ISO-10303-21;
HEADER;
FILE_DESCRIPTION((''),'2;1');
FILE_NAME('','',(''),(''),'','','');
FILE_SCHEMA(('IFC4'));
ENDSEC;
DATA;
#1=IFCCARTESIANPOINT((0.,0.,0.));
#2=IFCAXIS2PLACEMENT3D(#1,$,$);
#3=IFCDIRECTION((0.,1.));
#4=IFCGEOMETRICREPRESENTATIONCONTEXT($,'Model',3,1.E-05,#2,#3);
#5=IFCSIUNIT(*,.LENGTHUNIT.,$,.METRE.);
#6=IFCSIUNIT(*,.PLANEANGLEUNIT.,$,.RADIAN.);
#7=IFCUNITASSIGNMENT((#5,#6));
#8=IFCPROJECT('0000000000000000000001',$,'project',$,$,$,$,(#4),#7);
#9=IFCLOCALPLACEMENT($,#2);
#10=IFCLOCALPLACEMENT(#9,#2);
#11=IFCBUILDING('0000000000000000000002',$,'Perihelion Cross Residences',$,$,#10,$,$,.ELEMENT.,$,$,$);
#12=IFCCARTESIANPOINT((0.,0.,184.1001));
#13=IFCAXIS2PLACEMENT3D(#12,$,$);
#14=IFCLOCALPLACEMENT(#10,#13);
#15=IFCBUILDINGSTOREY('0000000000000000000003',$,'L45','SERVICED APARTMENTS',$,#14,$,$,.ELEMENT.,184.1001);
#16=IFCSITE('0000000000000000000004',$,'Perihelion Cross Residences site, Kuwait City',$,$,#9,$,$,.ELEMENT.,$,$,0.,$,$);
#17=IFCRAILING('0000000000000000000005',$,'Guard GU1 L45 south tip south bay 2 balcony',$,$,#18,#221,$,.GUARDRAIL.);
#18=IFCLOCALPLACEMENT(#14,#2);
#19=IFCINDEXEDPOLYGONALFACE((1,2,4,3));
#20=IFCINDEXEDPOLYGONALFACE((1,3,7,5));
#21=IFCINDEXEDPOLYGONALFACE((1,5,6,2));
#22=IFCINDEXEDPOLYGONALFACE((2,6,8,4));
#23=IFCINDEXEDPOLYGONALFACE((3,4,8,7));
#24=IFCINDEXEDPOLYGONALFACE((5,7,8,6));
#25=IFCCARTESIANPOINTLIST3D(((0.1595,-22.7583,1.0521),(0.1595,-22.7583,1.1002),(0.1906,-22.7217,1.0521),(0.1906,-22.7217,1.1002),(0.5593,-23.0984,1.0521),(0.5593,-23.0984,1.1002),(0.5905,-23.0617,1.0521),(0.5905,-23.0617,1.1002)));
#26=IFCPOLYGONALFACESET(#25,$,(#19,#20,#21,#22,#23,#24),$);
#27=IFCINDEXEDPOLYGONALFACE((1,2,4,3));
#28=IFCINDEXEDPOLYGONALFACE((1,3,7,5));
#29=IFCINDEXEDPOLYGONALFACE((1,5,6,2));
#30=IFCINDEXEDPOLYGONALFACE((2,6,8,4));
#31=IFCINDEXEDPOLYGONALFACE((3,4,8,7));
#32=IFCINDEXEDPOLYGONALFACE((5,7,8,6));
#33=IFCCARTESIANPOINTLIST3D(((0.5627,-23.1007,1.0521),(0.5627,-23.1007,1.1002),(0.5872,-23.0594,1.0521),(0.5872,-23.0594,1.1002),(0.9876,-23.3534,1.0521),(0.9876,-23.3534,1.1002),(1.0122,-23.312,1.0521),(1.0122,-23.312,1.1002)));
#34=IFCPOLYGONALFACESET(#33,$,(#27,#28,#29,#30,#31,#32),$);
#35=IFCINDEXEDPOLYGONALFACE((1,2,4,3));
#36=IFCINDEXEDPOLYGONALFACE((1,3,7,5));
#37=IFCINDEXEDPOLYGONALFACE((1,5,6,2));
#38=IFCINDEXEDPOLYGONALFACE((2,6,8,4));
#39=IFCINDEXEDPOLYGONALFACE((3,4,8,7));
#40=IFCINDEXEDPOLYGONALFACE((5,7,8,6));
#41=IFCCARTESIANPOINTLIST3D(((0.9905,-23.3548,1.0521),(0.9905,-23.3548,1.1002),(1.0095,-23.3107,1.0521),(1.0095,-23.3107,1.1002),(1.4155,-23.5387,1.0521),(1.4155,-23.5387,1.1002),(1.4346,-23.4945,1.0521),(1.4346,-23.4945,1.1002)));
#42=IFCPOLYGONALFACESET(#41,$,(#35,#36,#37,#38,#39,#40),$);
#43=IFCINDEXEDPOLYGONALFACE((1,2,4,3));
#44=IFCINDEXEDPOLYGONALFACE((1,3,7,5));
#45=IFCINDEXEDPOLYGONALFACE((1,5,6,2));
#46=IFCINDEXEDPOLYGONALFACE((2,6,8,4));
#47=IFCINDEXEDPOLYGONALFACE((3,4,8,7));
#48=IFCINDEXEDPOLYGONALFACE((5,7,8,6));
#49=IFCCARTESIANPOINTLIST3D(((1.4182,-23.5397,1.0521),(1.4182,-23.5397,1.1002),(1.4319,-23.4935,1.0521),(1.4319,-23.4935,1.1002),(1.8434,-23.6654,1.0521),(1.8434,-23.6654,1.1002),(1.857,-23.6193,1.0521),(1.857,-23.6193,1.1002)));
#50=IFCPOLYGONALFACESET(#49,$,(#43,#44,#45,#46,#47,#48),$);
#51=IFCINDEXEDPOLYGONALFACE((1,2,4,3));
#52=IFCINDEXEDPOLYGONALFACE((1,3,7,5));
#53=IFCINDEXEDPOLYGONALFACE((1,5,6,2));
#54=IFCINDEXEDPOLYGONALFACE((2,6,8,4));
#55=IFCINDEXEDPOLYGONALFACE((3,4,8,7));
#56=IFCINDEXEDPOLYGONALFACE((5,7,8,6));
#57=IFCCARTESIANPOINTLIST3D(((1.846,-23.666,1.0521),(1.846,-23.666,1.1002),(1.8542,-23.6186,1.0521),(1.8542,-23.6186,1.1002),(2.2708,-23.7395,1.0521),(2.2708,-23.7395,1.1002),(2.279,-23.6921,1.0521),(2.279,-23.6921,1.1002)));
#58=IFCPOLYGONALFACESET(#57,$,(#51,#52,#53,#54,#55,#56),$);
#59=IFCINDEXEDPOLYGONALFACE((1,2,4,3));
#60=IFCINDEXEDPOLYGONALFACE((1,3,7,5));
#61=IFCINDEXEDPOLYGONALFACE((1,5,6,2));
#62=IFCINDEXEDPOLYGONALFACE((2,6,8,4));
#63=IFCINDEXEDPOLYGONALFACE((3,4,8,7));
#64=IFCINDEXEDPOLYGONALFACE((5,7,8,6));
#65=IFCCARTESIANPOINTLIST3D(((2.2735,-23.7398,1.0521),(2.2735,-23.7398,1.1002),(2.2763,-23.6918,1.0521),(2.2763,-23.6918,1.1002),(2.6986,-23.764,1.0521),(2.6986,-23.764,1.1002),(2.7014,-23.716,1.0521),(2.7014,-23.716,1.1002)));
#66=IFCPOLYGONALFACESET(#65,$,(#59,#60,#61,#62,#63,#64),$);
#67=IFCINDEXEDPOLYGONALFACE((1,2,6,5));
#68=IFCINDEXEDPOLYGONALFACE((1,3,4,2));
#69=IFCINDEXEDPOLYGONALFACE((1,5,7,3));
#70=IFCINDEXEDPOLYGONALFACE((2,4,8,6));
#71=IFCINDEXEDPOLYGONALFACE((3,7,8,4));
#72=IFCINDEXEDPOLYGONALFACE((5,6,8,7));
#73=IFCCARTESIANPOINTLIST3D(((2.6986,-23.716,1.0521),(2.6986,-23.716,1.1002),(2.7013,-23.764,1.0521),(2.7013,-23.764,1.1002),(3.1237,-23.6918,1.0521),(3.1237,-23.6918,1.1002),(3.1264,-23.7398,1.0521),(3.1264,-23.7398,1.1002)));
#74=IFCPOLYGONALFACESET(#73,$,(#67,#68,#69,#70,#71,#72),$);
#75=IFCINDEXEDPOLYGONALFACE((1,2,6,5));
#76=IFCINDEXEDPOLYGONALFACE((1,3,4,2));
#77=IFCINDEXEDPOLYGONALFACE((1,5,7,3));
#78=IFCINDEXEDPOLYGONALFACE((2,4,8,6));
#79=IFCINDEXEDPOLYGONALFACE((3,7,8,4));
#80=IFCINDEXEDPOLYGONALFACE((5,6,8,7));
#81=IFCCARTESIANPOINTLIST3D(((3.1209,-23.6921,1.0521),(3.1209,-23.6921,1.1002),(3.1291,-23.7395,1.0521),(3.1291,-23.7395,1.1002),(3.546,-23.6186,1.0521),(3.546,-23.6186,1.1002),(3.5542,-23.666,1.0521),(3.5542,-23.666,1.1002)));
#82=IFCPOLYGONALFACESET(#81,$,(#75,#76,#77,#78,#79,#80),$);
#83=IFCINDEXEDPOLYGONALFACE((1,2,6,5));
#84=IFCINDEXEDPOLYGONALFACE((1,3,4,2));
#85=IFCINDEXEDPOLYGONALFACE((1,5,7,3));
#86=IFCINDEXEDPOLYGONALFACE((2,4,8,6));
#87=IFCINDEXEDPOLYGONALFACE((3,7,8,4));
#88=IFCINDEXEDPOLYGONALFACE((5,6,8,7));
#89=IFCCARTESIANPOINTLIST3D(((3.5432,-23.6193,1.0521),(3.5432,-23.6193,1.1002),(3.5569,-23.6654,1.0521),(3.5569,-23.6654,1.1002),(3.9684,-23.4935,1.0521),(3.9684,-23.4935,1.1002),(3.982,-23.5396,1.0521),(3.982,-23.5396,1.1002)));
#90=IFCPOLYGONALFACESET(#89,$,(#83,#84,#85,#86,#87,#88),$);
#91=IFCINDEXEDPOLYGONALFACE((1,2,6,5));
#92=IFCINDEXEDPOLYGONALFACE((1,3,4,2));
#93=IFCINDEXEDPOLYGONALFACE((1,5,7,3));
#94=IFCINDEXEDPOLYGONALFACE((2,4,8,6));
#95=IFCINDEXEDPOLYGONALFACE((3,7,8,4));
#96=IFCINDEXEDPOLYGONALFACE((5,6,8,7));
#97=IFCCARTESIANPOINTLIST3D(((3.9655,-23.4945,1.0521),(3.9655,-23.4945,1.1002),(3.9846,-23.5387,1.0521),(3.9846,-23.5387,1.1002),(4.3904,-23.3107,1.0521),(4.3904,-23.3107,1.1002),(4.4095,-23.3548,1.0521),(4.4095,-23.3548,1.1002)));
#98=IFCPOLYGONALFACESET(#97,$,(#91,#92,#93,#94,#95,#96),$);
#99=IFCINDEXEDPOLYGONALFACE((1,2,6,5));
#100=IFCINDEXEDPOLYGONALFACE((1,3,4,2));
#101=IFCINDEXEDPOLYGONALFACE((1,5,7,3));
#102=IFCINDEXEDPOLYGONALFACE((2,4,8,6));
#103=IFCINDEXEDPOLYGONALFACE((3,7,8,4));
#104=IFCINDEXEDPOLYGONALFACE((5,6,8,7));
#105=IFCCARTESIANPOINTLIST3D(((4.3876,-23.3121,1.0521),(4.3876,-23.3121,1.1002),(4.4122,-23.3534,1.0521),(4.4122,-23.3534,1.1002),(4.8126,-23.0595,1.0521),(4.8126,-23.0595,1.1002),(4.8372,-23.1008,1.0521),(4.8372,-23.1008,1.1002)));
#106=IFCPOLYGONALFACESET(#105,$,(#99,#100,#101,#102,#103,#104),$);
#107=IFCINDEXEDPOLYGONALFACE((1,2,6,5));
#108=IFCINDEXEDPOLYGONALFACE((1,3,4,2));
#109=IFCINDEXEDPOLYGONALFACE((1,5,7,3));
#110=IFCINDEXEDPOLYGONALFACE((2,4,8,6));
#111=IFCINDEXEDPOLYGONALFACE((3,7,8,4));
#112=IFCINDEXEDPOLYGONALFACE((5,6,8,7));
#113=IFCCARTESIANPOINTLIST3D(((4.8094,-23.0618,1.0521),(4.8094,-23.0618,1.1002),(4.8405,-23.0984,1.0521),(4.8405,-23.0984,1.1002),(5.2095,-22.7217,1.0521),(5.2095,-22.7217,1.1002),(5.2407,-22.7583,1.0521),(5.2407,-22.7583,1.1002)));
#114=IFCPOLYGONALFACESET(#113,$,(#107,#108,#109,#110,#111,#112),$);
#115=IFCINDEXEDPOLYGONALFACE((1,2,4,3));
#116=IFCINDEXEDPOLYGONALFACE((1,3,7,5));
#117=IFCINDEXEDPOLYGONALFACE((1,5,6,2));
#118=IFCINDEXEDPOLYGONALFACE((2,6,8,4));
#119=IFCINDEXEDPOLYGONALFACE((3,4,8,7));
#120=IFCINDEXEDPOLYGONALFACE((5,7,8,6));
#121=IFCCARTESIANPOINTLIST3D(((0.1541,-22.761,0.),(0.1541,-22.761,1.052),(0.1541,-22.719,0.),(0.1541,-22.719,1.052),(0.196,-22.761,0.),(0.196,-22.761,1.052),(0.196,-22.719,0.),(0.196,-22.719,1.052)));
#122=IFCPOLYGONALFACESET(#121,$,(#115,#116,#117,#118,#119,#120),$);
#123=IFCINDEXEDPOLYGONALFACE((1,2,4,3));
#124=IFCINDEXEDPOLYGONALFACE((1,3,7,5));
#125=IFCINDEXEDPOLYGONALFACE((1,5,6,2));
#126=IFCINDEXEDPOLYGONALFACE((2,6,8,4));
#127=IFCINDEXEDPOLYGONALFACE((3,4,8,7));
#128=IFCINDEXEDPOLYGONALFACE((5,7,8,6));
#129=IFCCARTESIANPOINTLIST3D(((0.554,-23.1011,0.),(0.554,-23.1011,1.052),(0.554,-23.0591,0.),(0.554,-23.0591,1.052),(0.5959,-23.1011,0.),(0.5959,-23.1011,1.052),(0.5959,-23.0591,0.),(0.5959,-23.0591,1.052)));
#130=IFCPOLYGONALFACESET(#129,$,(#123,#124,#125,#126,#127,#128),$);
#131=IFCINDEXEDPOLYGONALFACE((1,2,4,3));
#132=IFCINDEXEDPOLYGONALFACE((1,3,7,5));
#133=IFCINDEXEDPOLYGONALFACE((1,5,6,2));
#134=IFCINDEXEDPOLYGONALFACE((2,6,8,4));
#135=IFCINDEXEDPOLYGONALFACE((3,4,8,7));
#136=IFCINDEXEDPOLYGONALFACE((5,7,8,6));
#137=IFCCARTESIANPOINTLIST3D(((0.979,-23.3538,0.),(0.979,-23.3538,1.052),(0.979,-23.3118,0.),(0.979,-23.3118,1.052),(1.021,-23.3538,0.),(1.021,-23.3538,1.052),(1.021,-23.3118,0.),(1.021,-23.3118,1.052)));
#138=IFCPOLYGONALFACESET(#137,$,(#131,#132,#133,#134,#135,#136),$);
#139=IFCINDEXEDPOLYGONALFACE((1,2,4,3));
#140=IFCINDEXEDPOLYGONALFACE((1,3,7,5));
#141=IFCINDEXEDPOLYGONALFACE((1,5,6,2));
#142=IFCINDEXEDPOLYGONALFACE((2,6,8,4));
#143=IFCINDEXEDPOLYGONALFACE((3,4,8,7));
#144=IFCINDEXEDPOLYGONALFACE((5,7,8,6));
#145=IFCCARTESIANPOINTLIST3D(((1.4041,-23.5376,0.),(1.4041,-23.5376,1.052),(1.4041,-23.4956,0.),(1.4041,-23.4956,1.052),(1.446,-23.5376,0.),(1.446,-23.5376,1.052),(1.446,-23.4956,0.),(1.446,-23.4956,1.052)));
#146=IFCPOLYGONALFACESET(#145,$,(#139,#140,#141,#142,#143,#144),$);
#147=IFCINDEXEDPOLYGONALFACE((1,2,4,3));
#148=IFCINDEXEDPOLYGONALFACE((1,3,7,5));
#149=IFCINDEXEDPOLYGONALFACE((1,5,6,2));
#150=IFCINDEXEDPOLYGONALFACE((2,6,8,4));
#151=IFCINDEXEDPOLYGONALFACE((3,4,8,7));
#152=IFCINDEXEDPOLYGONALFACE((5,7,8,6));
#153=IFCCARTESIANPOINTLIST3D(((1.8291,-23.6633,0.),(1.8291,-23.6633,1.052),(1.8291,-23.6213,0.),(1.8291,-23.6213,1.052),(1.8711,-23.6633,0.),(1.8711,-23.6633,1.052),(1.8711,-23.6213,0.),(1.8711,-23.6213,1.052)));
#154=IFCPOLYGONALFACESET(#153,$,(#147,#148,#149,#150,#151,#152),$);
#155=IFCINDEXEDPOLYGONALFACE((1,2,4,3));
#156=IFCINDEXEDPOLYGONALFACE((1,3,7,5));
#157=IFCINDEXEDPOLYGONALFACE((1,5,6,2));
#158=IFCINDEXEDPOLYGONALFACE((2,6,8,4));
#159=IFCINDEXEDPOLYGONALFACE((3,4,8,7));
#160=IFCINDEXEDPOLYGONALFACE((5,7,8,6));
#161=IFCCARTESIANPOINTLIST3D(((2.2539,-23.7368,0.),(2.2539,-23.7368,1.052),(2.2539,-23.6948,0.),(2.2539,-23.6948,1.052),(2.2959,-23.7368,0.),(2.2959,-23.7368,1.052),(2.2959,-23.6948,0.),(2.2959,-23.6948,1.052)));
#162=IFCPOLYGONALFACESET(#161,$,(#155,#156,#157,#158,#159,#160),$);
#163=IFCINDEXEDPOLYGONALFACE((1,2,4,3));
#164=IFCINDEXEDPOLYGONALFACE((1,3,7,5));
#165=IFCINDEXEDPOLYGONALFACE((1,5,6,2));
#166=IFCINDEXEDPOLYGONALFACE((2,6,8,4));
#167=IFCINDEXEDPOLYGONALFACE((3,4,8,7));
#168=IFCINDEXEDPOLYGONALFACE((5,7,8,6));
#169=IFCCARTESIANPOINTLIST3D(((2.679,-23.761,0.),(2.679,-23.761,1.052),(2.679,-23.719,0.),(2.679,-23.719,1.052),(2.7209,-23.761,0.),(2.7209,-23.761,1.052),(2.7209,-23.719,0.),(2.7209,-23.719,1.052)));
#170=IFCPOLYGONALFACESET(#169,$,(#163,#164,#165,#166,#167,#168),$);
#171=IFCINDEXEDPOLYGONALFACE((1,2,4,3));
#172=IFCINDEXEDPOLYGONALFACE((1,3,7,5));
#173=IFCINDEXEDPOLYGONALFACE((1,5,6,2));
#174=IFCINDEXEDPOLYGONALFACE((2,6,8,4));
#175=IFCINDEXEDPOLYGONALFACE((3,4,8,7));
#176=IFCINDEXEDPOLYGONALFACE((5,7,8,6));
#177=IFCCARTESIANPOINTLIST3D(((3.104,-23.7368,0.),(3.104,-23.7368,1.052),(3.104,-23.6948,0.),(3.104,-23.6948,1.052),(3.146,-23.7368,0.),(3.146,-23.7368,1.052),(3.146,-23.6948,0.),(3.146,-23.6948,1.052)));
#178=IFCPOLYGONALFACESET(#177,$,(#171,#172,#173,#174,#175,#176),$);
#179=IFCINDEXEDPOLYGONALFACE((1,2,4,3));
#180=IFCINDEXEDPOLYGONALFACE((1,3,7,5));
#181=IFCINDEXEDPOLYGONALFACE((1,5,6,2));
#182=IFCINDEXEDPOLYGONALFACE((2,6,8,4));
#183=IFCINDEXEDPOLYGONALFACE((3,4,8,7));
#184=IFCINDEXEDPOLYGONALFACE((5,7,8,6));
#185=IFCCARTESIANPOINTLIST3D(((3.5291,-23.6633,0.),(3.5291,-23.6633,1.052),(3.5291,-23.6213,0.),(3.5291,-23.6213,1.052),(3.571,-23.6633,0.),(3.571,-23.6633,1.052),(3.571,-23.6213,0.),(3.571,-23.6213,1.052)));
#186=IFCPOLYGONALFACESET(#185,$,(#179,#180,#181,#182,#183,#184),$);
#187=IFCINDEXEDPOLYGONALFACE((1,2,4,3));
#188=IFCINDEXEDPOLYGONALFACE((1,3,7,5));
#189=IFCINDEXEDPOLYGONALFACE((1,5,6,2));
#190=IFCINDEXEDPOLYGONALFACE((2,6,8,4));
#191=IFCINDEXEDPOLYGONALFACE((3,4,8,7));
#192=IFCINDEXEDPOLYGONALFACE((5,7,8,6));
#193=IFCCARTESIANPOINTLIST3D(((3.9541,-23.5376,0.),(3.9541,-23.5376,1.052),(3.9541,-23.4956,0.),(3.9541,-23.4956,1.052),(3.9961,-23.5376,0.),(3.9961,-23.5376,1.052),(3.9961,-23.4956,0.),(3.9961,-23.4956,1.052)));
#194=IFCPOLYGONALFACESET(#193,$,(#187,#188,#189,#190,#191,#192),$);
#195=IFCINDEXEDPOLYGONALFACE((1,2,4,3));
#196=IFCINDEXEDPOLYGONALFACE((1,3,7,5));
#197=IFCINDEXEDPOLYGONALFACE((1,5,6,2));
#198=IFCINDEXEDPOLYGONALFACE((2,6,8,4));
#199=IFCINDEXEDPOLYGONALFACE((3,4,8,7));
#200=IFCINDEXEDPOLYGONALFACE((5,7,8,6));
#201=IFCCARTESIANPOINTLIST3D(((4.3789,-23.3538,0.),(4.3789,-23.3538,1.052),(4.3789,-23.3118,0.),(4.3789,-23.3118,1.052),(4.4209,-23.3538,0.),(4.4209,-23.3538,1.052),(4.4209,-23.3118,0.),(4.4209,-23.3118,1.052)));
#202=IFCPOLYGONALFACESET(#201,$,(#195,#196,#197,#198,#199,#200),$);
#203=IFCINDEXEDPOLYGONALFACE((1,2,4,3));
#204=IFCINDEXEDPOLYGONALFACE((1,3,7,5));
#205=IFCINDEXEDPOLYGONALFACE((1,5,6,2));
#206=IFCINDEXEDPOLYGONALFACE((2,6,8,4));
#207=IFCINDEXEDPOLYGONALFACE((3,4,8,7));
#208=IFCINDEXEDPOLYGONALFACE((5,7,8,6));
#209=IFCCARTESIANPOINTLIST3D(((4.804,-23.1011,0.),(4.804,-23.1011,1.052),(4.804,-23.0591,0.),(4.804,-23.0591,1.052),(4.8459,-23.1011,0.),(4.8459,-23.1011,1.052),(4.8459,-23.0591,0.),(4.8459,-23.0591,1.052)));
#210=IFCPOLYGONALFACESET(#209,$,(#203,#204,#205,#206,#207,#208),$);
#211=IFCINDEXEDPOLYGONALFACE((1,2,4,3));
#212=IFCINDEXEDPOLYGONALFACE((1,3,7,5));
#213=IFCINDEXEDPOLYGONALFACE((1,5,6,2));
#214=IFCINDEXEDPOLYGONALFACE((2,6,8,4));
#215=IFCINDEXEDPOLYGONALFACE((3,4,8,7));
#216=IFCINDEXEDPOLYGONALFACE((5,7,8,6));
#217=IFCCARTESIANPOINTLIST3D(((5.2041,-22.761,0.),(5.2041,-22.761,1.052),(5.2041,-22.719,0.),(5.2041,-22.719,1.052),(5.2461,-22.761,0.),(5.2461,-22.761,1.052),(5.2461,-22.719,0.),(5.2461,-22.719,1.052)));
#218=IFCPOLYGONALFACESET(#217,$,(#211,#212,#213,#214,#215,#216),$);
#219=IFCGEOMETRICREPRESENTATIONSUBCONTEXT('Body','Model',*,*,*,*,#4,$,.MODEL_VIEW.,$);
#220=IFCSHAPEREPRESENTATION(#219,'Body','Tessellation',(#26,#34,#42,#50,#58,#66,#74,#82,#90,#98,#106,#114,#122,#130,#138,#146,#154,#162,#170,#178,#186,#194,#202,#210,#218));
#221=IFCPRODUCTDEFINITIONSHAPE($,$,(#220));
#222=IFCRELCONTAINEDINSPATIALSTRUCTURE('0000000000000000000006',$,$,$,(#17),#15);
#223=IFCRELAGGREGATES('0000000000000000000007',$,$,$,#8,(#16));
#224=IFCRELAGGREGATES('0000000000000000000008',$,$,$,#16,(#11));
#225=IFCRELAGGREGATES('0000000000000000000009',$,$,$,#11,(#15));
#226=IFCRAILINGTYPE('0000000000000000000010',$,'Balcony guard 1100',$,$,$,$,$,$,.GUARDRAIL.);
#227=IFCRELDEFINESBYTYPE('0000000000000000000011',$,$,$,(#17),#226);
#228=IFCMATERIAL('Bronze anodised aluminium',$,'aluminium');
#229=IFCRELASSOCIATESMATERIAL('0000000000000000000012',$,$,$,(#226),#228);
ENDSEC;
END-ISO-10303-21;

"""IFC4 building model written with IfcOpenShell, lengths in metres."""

from ifc_helpers import new_model, si_unit, direction, frame, origin, origin_2d, place, context, subcontext, project, spatial, rectangle, extrude, material, type_object, element, save


model = new_model("IFC4")

# Units and contexts
model_context = context("Model", 3, precision=1e-05, world=origin(), true_north=direction((0.0, 1.0)))
body_context = subcontext(model_context, "Body", "Model", "MODEL_VIEW")
ifc_project = project(units=[si_unit("LENGTHUNIT", "METRE"), si_unit("PLANEANGLEUNIT", "RADIAN")], contexts=[model_context])

# Site, building, storey
site_placement = place(None, origin())
site = spatial("IfcSite", under=ifc_project, at=site_placement, Name="Perihelion Cross Residences site, Kuwait City", CompositionType="ELEMENT", RefElevation=0.0)
building_placement = place(site_placement, origin())
building = spatial("IfcBuilding", under=site, at=building_placement, Name="Perihelion Cross Residences", CompositionType="ELEMENT")
storey_placement = place(building_placement, frame((0.0, 0.0, 184.1001)))
storey = spatial("IfcBuildingStorey", under=building, at=storey_placement, Name="L45", Description="SERVICED APARTMENTS", CompositionType="ELEMENT", Elevation=184.1001)

# Railing
ifc_material_1 = material(Name="Bronze anodised aluminium", Category="aluminium")
railing_type = type_object("IfcRailingType", Name="Balcony guard 1100", PredefinedType="GUARDRAIL", material=ifc_material_1)
railing_placement = place(storey_placement, frame((0.175, -22.74, 0.0)))
element("IfcRailing", 1, at=railing_placement, inside=storey, type_object=railing_type, Name="Guard GU1 L45 south tip south bay 2 balcony", PredefinedType="GUARDRAIL", context=body_context, shape_type="SweptSolid", body=[
    extrude(rectangle(XDim=0.0481, YDim=0.0481, at=origin_2d()), frame((0.0, 0.0, 1.0762), z_axis=(0.761779, -0.647837, 0.0), x_axis=(0.647837, 0.761779, 0.0)), (0.0, 0.0, 1.0), 0.5249),
    extrude(rectangle(XDim=0.0481, YDim=0.0481, at=origin_2d()), frame((0.3999, -0.3401, 1.0762), z_axis=(0.859577, -0.511006, 0.0), x_axis=(0.511006, 0.859577, 0.0)), (0.0, 0.0, 1.0), 0.4944),
    extrude(rectangle(XDim=0.0481, YDim=0.0481, at=origin_2d()), frame((0.825, -0.5928, 1.0762), z_axis=(0.917831, -0.396971, 0.0), x_axis=(0.396971, 0.917831, 0.0)), (0.0, 0.0, 1.0), 0.4631),
    extrude(rectangle(XDim=0.0481, YDim=0.0481, at=origin_2d()), frame((1.25, -0.7766, 1.0762), z_axis=(0.958926, -0.283657, 0.0), x_axis=(0.283657, 0.958926, 0.0)), (0.0, 0.0, 1.0), 0.4434),
    extrude(rectangle(XDim=0.0481, YDim=0.0481, at=origin_2d()), frame((1.675, -0.9023, 1.0762), z_axis=(0.985365, -0.170457, 0.0), x_axis=(0.170457, 0.985365, 0.0)), (0.0, 0.0, 1.0), 0.4312),
    extrude(rectangle(XDim=0.0481, YDim=0.0481, at=origin_2d()), frame((2.0999, -0.9758, 1.0762), z_axis=(0.998387, -0.056772, 0.0), x_axis=(0.056772, 0.998387, 0.0)), (0.0, 0.0, 1.0), 0.4258),
    extrude(rectangle(XDim=0.0481, YDim=0.0481, at=origin_2d()), frame((2.5249, -1.0, 1.0762), z_axis=(0.998387, 0.056772, 0.0), x_axis=(-0.056772, 0.998387, 0.0)), (0.0, 0.0, 1.0), 0.4258),
    extrude(rectangle(XDim=0.0481, YDim=0.0481, at=origin_2d()), frame((2.95, -0.9758, 1.0762), z_axis=(0.985382, 0.170362, 0.0), x_axis=(-0.170362, 0.985382, 0.0)), (0.0, 0.0, 1.0), 0.4314),
    extrude(rectangle(XDim=0.0481, YDim=0.0481, at=origin_2d()), frame((3.375, -0.9023, 1.0762), z_axis=(0.958926, 0.283657, 0.0), x_axis=(-0.283657, 0.958926, 0.0)), (0.0, 0.0, 1.0), 0.4434),
    extrude(rectangle(XDim=0.0481, YDim=0.0481, at=origin_2d()), frame((3.8, -0.7766, 1.0762), z_axis=(0.917748, 0.397163, 0.0), x_axis=(-0.397163, 0.917748, 0.0)), (0.0, 0.0, 1.0), 0.4629),
    extrude(rectangle(XDim=0.0481, YDim=0.0481, at=origin_2d()), frame((4.2249, -0.5928, 1.0762), z_axis=(0.859577, 0.511006, 0.0), x_axis=(-0.511006, 0.859577, 0.0)), (0.0, 0.0, 1.0), 0.4944),
    extrude(rectangle(XDim=0.0481, YDim=0.0481, at=origin_2d()), frame((4.6499, -0.3401, 1.0762), z_axis=(0.761974, 0.647608, 0.0), x_axis=(-0.647608, 0.761974, 0.0)), (0.0, 0.0, 1.0), 0.5251),
    extrude(rectangle(XDim=0.042, YDim=0.042, at=origin_2d()), origin(), (0.0, 0.0, 1.0), 1.052),
    extrude(rectangle(XDim=0.042, YDim=0.042, at=origin_2d()), frame((0.3999, -0.3401, 0.0)), (0.0, 0.0, 1.0), 1.052),
    extrude(rectangle(XDim=0.042, YDim=0.042, at=origin_2d()), frame((0.825, -0.5928, 0.0)), (0.0, 0.0, 1.0), 1.052),
    extrude(rectangle(XDim=0.042, YDim=0.042, at=origin_2d()), frame((1.25, -0.7766, 0.0)), (0.0, 0.0, 1.0), 1.052),
    extrude(rectangle(XDim=0.042, YDim=0.042, at=origin_2d()), frame((1.675, -0.9023, 0.0)), (0.0, 0.0, 1.0), 1.052),
    extrude(rectangle(XDim=0.042, YDim=0.042, at=origin_2d()), frame((2.0999, -0.9758, 0.0)), (0.0, 0.0, 1.0), 1.052),
    extrude(rectangle(XDim=0.042, YDim=0.042, at=origin_2d()), frame((2.5249, -1.0, 0.0)), (0.0, 0.0, 1.0), 1.052),
    extrude(rectangle(XDim=0.042, YDim=0.042, at=origin_2d()), frame((2.95, -0.9758, 0.0)), (0.0, 0.0, 1.0), 1.052),
    extrude(rectangle(XDim=0.042, YDim=0.042, at=origin_2d()), frame((3.375, -0.9023, 0.0)), (0.0, 0.0, 1.0), 1.052),
    extrude(rectangle(XDim=0.042, YDim=0.042, at=origin_2d()), frame((3.8, -0.7766, 0.0)), (0.0, 0.0, 1.0), 1.052),
    extrude(rectangle(XDim=0.042, YDim=0.042, at=origin_2d()), frame((4.2249, -0.5928, 0.0)), (0.0, 0.0, 1.0), 1.052),
    extrude(rectangle(XDim=0.042, YDim=0.042, at=origin_2d()), frame((4.6499, -0.3401, 0.0)), (0.0, 0.0, 1.0), 1.052),
    extrude(rectangle(XDim=0.042, YDim=0.042, at=origin_2d()), frame((5.05, 0.0, 0.0)), (0.0, 0.0, 1.0), 1.052),
])

save(model, "model.ifc")
